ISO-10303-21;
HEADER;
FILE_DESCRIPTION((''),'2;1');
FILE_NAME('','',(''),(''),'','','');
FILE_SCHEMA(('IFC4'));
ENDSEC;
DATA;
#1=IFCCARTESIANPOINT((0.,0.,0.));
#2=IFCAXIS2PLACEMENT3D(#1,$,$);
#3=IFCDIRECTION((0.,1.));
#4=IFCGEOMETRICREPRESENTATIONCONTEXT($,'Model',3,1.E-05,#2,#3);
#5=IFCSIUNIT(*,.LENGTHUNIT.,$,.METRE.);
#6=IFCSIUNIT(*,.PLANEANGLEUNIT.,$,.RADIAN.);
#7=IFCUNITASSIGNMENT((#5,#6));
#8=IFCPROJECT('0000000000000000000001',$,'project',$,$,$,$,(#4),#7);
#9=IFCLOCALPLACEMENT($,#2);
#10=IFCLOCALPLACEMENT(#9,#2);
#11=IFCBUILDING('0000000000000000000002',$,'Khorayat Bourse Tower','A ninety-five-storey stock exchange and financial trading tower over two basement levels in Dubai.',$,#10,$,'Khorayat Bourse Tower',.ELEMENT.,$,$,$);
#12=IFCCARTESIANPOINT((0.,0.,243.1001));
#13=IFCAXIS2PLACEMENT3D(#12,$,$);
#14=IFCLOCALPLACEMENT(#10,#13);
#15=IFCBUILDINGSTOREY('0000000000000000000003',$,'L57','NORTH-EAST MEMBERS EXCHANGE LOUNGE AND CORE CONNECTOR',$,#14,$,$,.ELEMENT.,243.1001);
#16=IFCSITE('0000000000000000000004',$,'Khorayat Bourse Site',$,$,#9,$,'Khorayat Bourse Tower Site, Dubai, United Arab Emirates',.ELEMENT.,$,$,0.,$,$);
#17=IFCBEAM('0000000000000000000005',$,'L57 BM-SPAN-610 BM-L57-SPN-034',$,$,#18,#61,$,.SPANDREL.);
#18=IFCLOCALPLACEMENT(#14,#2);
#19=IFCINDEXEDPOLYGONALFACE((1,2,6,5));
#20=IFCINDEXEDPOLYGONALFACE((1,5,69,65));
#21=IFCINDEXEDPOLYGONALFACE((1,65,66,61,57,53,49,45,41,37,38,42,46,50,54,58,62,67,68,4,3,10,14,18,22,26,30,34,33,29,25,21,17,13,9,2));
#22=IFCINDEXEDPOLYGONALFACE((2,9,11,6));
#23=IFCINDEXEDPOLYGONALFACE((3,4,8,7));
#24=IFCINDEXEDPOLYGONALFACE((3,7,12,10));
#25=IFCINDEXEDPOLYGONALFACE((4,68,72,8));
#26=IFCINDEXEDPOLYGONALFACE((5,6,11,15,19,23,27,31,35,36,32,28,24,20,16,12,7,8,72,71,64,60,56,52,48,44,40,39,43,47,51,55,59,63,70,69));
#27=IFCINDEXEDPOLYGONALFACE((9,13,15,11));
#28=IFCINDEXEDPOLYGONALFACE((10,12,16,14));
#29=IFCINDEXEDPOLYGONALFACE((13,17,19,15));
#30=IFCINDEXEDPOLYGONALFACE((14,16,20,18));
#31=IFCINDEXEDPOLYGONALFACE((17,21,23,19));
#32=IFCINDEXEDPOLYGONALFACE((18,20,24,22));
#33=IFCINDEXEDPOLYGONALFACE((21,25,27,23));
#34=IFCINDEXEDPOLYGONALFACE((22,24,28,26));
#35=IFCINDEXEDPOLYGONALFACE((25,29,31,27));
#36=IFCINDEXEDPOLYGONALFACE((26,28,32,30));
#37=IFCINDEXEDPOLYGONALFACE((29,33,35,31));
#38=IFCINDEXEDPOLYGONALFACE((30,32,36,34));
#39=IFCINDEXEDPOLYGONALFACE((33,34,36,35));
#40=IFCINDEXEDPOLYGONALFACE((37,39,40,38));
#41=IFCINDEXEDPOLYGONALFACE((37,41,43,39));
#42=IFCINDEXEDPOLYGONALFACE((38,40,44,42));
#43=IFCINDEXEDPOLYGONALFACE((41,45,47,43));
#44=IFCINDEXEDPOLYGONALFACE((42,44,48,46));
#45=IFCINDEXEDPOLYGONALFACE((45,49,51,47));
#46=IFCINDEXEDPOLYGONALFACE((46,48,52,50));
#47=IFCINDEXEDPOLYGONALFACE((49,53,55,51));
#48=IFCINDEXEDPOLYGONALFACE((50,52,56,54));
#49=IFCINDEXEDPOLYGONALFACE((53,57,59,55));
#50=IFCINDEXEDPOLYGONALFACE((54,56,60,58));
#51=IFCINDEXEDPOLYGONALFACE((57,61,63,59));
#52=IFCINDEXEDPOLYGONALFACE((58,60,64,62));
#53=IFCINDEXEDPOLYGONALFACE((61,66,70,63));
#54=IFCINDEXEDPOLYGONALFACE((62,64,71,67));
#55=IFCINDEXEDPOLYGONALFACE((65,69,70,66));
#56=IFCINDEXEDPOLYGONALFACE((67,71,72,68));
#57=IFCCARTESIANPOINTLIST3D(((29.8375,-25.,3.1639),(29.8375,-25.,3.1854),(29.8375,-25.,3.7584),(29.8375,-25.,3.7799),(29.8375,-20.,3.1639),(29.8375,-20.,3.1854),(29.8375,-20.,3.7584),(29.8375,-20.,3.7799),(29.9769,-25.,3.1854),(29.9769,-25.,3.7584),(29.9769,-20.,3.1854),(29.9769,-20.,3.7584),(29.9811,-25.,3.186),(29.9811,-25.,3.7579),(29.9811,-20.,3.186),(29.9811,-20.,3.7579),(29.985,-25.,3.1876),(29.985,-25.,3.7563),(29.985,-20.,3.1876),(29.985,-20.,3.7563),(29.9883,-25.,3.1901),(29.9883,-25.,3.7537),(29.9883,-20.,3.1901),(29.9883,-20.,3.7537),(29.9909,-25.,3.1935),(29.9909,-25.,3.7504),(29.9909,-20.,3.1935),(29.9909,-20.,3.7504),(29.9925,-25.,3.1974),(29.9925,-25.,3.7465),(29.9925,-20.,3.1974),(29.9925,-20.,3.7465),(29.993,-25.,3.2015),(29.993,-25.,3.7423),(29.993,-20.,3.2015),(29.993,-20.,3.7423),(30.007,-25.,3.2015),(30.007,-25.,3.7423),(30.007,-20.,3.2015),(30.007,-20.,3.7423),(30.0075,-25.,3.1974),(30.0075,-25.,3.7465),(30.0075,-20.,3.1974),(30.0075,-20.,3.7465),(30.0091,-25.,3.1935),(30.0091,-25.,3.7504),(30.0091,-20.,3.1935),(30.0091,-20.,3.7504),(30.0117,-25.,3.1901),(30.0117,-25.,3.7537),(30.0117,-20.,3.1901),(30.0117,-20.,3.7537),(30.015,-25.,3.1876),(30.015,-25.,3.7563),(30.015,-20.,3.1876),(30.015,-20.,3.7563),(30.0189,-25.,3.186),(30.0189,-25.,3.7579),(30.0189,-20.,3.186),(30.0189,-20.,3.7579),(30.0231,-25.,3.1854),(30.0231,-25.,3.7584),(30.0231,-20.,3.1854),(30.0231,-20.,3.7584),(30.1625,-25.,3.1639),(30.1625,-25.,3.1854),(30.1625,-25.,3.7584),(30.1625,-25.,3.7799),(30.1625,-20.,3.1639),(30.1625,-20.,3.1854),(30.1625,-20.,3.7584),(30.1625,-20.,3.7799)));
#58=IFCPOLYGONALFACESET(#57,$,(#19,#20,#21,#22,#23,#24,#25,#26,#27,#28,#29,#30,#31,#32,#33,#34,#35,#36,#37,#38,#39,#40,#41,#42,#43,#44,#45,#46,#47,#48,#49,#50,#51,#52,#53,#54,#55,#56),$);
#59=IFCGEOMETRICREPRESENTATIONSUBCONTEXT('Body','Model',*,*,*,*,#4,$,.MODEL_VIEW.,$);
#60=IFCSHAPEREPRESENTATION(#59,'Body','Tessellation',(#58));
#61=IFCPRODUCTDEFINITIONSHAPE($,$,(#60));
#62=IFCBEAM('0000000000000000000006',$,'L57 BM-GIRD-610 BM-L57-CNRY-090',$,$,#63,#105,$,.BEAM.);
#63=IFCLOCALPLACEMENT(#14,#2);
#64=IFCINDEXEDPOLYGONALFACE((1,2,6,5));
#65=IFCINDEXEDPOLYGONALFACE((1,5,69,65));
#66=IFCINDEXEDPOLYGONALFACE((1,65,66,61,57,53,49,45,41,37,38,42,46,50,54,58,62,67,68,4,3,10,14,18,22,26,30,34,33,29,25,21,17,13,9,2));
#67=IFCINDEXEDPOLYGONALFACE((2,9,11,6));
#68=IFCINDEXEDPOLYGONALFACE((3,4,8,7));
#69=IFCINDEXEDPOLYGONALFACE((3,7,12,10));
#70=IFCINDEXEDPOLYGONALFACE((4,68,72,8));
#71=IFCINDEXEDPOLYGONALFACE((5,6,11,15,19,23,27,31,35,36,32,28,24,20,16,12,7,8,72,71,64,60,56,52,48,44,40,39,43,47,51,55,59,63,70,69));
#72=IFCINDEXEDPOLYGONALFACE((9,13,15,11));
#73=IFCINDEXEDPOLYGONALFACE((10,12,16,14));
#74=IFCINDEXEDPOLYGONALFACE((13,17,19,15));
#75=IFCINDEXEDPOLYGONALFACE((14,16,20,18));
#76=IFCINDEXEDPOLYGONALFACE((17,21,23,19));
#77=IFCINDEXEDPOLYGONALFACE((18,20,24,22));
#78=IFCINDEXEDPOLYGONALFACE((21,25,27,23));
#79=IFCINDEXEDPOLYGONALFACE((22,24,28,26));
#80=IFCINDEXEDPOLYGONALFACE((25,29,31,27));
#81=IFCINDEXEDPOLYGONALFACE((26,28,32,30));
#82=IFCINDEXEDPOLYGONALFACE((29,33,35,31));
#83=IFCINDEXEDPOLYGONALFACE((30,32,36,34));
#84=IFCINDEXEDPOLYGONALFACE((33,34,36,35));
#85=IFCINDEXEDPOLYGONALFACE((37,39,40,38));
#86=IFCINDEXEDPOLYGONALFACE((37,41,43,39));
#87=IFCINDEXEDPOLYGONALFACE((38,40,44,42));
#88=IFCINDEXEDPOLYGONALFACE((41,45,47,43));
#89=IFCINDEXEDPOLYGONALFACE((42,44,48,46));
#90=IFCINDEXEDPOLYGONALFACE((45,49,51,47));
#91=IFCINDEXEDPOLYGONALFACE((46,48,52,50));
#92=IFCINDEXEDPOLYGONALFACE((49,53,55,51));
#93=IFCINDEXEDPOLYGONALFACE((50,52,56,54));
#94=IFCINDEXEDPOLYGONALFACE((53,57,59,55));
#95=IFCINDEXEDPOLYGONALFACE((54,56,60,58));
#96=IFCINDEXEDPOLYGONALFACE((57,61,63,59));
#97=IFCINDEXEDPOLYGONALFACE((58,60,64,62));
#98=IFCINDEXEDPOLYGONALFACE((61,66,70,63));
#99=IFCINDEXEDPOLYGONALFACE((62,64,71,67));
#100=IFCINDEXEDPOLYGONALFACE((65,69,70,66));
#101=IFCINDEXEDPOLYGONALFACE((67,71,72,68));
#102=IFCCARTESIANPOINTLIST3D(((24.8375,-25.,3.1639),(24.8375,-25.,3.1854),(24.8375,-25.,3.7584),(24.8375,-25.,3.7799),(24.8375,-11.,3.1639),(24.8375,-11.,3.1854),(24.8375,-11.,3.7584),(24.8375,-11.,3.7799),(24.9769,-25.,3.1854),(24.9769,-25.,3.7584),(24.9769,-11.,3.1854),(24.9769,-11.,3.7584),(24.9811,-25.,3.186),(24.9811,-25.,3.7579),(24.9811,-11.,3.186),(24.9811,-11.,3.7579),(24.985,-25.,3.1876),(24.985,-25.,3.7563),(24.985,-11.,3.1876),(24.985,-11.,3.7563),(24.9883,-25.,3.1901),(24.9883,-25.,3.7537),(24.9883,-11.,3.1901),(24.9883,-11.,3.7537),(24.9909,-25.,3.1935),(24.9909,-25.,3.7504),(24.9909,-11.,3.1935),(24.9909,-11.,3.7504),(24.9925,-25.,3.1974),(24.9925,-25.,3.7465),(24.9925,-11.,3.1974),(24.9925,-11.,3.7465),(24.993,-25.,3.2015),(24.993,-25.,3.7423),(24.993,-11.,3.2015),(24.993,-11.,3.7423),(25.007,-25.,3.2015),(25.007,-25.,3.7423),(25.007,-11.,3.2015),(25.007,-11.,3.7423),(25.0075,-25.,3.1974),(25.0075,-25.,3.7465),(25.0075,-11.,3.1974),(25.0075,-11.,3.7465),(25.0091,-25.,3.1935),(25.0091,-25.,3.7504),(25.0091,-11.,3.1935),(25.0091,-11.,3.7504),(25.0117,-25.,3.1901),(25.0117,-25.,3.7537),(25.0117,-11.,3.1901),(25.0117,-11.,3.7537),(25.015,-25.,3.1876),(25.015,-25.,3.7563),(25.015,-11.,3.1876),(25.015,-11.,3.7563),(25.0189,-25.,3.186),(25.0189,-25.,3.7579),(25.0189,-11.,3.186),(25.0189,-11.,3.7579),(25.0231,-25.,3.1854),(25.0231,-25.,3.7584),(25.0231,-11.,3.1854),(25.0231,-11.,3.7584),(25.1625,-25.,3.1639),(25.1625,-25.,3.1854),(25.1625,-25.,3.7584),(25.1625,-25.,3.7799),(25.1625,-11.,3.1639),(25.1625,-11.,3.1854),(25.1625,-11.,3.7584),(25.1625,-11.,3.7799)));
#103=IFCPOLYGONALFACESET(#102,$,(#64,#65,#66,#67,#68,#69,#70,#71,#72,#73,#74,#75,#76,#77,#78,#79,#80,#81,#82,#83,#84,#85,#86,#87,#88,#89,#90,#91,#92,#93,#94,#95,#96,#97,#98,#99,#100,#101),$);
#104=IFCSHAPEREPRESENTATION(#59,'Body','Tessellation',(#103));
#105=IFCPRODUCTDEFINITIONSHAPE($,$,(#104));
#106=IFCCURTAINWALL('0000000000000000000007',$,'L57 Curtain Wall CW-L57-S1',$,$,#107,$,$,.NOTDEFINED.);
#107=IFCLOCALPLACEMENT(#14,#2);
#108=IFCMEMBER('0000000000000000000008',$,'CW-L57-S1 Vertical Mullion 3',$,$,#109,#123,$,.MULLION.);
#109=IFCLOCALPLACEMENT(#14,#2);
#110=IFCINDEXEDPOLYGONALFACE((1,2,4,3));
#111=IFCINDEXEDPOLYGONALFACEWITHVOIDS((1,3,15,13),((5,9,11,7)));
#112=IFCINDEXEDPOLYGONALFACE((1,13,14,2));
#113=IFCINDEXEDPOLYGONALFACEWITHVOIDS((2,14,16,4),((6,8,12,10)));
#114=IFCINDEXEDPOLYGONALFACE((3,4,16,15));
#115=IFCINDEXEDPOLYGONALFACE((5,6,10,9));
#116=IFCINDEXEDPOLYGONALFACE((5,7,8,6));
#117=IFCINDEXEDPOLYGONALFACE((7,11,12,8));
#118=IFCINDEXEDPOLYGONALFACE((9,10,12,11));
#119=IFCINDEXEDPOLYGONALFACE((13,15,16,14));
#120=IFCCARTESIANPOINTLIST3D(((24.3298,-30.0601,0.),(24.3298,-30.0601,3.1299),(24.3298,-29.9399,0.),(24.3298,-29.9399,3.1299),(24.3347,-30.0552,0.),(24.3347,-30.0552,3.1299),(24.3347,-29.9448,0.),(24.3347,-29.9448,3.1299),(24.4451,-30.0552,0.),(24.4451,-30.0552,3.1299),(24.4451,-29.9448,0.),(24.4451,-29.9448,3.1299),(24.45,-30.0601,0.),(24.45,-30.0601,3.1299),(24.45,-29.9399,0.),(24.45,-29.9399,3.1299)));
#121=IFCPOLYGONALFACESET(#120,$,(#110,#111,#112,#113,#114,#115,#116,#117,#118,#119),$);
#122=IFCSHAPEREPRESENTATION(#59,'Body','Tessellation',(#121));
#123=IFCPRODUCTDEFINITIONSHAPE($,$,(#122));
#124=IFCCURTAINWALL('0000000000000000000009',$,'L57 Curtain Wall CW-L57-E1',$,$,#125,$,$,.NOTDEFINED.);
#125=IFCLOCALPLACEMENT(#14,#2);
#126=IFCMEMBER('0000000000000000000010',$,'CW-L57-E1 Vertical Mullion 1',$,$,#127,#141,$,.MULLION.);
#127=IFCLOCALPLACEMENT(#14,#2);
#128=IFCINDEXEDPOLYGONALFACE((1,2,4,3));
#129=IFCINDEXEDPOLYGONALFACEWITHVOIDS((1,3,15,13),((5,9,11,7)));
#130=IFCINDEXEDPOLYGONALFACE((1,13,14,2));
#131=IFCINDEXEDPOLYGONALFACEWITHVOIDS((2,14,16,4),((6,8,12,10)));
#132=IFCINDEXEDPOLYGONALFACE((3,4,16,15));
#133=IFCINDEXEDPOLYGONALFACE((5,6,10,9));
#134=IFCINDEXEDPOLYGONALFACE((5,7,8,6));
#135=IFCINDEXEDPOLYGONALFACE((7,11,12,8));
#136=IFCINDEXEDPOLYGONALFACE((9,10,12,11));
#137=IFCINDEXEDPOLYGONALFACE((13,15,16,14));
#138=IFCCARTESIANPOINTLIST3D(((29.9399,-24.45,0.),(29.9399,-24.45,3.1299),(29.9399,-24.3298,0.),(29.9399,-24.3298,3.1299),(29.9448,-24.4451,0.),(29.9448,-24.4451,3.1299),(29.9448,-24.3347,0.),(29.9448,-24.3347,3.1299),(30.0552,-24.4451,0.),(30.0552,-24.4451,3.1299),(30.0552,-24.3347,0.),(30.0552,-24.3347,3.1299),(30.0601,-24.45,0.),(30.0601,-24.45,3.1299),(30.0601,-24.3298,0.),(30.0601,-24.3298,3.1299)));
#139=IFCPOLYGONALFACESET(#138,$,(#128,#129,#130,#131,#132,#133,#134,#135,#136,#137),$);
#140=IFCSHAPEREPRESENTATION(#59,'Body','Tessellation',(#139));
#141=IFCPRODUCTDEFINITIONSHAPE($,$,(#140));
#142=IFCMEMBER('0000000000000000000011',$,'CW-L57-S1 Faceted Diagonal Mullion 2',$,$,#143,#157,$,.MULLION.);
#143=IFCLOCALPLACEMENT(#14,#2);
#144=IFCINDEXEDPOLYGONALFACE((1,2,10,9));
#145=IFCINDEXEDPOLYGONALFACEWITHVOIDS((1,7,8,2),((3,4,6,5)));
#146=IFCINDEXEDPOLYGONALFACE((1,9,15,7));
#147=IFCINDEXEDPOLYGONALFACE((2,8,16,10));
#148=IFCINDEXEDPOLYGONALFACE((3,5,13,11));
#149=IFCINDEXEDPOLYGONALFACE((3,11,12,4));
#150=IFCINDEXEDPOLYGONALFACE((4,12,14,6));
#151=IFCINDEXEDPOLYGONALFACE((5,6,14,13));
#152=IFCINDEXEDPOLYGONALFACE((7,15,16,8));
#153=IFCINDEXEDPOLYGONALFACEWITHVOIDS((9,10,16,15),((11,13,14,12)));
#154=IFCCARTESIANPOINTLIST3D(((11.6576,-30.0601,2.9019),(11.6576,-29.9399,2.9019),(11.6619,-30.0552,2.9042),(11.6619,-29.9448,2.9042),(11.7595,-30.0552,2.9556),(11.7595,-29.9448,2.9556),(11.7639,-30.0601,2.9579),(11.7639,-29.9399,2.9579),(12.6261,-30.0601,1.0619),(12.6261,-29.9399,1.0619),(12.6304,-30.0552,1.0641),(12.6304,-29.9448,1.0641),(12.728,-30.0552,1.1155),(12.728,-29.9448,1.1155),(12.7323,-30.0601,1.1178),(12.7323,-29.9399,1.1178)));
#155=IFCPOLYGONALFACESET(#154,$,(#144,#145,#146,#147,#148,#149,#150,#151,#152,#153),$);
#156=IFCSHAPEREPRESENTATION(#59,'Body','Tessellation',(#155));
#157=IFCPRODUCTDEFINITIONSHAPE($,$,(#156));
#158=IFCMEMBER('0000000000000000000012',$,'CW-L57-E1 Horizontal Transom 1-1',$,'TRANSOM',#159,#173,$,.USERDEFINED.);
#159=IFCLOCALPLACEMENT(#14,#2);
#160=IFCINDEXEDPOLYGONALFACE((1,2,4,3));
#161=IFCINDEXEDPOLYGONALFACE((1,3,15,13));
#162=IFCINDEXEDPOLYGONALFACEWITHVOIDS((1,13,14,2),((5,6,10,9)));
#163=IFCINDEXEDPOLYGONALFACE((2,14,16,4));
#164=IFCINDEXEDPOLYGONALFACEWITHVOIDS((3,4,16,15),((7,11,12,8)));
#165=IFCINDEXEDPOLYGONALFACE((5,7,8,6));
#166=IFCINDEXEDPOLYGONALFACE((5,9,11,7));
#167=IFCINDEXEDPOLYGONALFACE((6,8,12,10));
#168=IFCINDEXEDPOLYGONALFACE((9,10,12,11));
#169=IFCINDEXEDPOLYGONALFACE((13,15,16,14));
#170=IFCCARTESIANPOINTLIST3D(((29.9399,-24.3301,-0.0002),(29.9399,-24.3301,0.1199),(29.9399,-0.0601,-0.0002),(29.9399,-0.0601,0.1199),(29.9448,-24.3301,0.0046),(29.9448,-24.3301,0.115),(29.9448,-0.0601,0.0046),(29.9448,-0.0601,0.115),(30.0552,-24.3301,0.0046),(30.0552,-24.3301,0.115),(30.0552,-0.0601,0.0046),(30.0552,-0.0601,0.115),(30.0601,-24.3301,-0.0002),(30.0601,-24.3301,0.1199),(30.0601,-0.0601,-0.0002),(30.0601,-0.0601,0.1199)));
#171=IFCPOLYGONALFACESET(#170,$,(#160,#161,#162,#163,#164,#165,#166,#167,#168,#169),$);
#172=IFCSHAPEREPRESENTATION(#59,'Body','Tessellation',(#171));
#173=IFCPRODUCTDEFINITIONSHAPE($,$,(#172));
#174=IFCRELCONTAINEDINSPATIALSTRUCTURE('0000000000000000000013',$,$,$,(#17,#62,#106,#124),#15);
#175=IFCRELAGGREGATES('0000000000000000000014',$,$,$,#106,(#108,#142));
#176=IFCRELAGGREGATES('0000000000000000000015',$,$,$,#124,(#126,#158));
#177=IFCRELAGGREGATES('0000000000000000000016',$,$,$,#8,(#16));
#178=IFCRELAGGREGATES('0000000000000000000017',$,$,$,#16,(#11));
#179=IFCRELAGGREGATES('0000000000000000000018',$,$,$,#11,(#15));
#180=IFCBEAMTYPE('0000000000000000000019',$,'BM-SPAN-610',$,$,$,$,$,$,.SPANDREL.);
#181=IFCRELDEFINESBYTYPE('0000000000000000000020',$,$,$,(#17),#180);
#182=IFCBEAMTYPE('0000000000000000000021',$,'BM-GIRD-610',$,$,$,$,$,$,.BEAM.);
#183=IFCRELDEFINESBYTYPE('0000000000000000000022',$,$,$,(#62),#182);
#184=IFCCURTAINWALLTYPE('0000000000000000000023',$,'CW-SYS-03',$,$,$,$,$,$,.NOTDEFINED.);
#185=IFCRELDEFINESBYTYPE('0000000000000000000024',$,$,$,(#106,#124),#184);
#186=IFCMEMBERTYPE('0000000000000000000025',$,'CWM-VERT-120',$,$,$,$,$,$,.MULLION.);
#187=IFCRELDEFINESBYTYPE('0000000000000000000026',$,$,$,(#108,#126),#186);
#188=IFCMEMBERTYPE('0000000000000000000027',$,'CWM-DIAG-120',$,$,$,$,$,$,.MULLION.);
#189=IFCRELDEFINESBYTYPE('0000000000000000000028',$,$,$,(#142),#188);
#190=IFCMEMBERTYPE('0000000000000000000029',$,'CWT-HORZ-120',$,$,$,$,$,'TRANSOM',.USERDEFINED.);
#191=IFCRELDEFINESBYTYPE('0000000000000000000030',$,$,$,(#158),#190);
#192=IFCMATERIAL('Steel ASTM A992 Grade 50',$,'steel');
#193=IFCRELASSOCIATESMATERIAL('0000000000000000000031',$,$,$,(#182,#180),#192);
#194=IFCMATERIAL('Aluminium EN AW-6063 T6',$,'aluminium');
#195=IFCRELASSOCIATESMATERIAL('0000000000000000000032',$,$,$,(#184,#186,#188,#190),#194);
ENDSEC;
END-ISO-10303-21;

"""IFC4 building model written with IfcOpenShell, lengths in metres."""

from ifc_helpers import new_model, si_unit, direction, frame, origin, origin_2d, place, context, subcontext, project, spatial, hollow_rectangle, i_section, extrude, source, transform, mapped, material, material_profile, profile_set, type_object, element, aggregate, save


model = new_model("IFC4")

# Units and contexts
model_context = context("Model", 3, precision=1e-05, world=origin(), true_north=direction((0.0, 1.0)))
body_context = subcontext(model_context, "Body", "Model", "MODEL_VIEW")
ifc_project = project(units=[si_unit("LENGTHUNIT", "METRE"), si_unit("PLANEANGLEUNIT", "RADIAN")], contexts=[model_context])

# Site, building, storey
site_placement = place(None, origin())
site = spatial("IfcSite", under=ifc_project, at=site_placement, Name="Khorayat Bourse Site", LongName="Khorayat Bourse Tower Site, Dubai, United Arab Emirates", CompositionType="ELEMENT", RefElevation=0.0)
building_placement = place(site_placement, origin())
building = spatial("IfcBuilding", under=site, at=building_placement, Name="Khorayat Bourse Tower", Description="A ninety-five-storey stock exchange and financial trading tower over two basement levels in Dubai.", LongName="Khorayat Bourse Tower", CompositionType="ELEMENT")
storey_placement = place(building_placement, frame((0.0, 0.0, 243.1001)))
storey = spatial("IfcBuildingStorey", under=building, at=storey_placement, Name="L57", Description="NORTH-EAST MEMBERS EXCHANGE LOUNGE AND CORE CONNECTOR", CompositionType="ELEMENT", Elevation=243.1001)

# Beams
ifc_material_1 = material(Name="Steel ASTM A992 Grade 50", Category="steel")
ifc_material_profile_1 = material_profile(ifc_material_1, i_section(OverallWidth=0.325, OverallDepth=0.616, WebThickness=0.0139, FlangeThickness=0.0215, FilletRadius=0.0161, at=origin_2d()), Name="W610X174")
ifc_profile_set_1 = profile_set([ifc_material_profile_1], Name="Steel ASTM A992 Grade 50")
beam_type_1 = type_object("IfcBeamType", Name="BM-GIRD-610", PredefinedType="BEAM", material=ifc_profile_set_1)
ifc_material_profile_2 = material_profile(ifc_material_1, i_section(OverallWidth=0.325, OverallDepth=0.616, WebThickness=0.0139, FlangeThickness=0.0215, FilletRadius=0.0161, at=origin_2d()), Name="W610X174")
ifc_profile_set_2 = profile_set([ifc_material_profile_2], Name="Steel ASTM A992 Grade 50")
beam_type_2 = type_object("IfcBeamType", Name="BM-SPAN-610", PredefinedType="SPANDREL", material=ifc_profile_set_2)
shared_shape_1 = source(origin(), body_context, "Body", "SweptSolid", [
    extrude(i_section(OverallWidth=0.325, OverallDepth=0.616, WebThickness=0.0139, FlangeThickness=0.0215, FilletRadius=0.0161, at=origin_2d()), origin(), (0.0, 0.0, 1.0), 5.0),
])
for number, where, z_axis, x_axis, name in (
    (1, (30.0, -25.0, 3.4719), (0.0, 1.0, 0.0), (-1.0, 0.0, 0.0), "L57 BM-SPAN-610 BM-L57-SPN-034"),
):
    element("IfcBeam", number, at=place(storey_placement, frame(where, z_axis=z_axis, x_axis=x_axis)), inside=storey, type_object=beam_type_2, Name=name, PredefinedType="SPANDREL", context=body_context, shape_type="MappedRepresentation", body=[
        mapped(shared_shape_1, transform((0.0, 0.0, 0.0), scale=1.0)),
    ])
shared_shape_2 = source(origin(), body_context, "Body", "SweptSolid", [
    extrude(i_section(OverallWidth=0.325, OverallDepth=0.616, WebThickness=0.0139, FlangeThickness=0.0215, FilletRadius=0.0161, at=origin_2d()), origin(), (0.0, 0.0, 1.0), 14.0),
])
beam_1_placement = place(storey_placement, frame((25.0, -25.0, 3.4719), z_axis=(0.0, 1.0, 0.0), x_axis=(-1.0, 0.0, 0.0)))
element("IfcBeam", 2, at=beam_1_placement, inside=storey, type_object=beam_type_1, Name="L57 BM-GIRD-610 BM-L57-CNRY-090", PredefinedType="BEAM", context=body_context, shape_type="MappedRepresentation", body=[
    mapped(shared_shape_2, transform((0.0, 0.0, 0.0), scale=1.0)),
])

# Curtain walls, members
ifc_material_2 = material(Name="Aluminium EN AW-6063 T6", Category="aluminium")
curtain_wall_type = type_object("IfcCurtainWallType", Name="CW-SYS-03", PredefinedType="NOTDEFINED", material=ifc_material_2)
curtain_wall_1_placement = place(storey_placement, origin())
curtain_wall_1 = element("IfcCurtainWall", 3, at=curtain_wall_1_placement, inside=storey, type_object=curtain_wall_type, Name="L57 Curtain Wall CW-L57-S1", PredefinedType="NOTDEFINED")
ifc_material_profile_3 = material_profile(ifc_material_2, hollow_rectangle(XDim=0.1201, YDim=0.1201, WallThickness=0.0049, at=origin_2d()), Name="ALU 120x120x5")
ifc_profile_set_3 = profile_set([ifc_material_profile_3], Name="Aluminium EN AW-6063 T6")
member_type_1 = type_object("IfcMemberType", Name="CWM-VERT-120", PredefinedType="MULLION", material=ifc_profile_set_3)
shared_shape_3 = source(origin(), body_context, "Body", "SweptSolid", [
    extrude(hollow_rectangle(XDim=0.1201, YDim=0.1201, WallThickness=0.0049, at=origin_2d()), origin(), (0.0, 0.0, 1.0), 3.1299),
])
member_1_placement = place(storey_placement, frame((24.3899, -30.0, 0.0), z_axis=(0.0, 0.0, 1.0), x_axis=(0.0, 1.0, 0.0)))
member_1 = element("IfcMember", 4, at=member_1_placement, type_object=member_type_1, Name="CW-L57-S1 Vertical Mullion 3", PredefinedType="MULLION", context=body_context, shape_type="MappedRepresentation", body=[
    mapped(shared_shape_3, transform((0.0, 0.0, 0.0), scale=1.0)),
])
curtain_wall_2_placement = place(storey_placement, origin())
curtain_wall_2 = element("IfcCurtainWall", 5, at=curtain_wall_2_placement, inside=storey, type_object=curtain_wall_type, Name="L57 Curtain Wall CW-L57-E1", PredefinedType="NOTDEFINED")
member_2_placement = place(storey_placement, frame((30.0, -24.3899, 0.0), z_axis=(0.0, 0.0, 1.0), x_axis=(-1.0, 0.0, 0.0)))
member_2 = element("IfcMember", 6, at=member_2_placement, type_object=member_type_1, Name="CW-L57-E1 Vertical Mullion 1", PredefinedType="MULLION", context=body_context, shape_type="MappedRepresentation", body=[
    mapped(shared_shape_3, transform((0.0, 0.0, 0.0), scale=1.0)),
])

# Members
ifc_material_profile_4 = material_profile(ifc_material_2, hollow_rectangle(XDim=0.1201, YDim=0.1201, WallThickness=0.0049, at=origin_2d()), Name="ALU 120x120x5")
ifc_profile_set_4 = profile_set([ifc_material_profile_4], Name="Aluminium EN AW-6063 T6")
member_type_2 = type_object("IfcMemberType", Name="CWM-DIAG-120", PredefinedType="MULLION", material=ifc_profile_set_4)
shared_shape_4 = source(origin(), body_context, "Body", "SweptSolid", [
    extrude(hollow_rectangle(XDim=0.1201, YDim=0.1201, WallThickness=0.0049, at=origin_2d()), origin(), (0.0, 0.0, 1.0), 2.0793),
])
member_3_placement = place(storey_placement, frame((12.6792, -30.0, 1.0898), z_axis=(-0.465761, 0.0, 0.884911), x_axis=(0.0, -1.0, 0.0)))
member_3 = element("IfcMember", 7, at=member_3_placement, type_object=member_type_2, Name="CW-L57-S1 Faceted Diagonal Mullion 2", PredefinedType="MULLION", context=body_context, shape_type="MappedRepresentation", body=[
    mapped(shared_shape_4, transform((0.0, 0.0, 0.0), scale=1.0)),
])
aggregate(curtain_wall_1, [member_1, member_3])
ifc_material_profile_5 = material_profile(ifc_material_2, hollow_rectangle(XDim=0.1201, YDim=0.1201, WallThickness=0.0049, at=origin_2d()), Name="ALU 120x120x5")
ifc_profile_set_5 = profile_set([ifc_material_profile_5], Name="Aluminium EN AW-6063 T6")
member_type_3 = type_object("IfcMemberType", Name="CWT-HORZ-120", ElementType="TRANSOM", PredefinedType="USERDEFINED", material=ifc_profile_set_5)
shared_shape_5 = source(origin(), body_context, "Body", "SweptSolid", [
    extrude(hollow_rectangle(XDim=0.1201, YDim=0.1201, WallThickness=0.0049, at=origin_2d()), origin(), (0.0, 0.0, 1.0), 24.27),
])
member_4_placement = place(storey_placement, frame((30.0, -24.3301, 0.0598), z_axis=(0.0, 1.0, 0.0), x_axis=(-1.0, 0.0, 0.0)))
member_4 = element("IfcMember", 8, at=member_4_placement, type_object=member_type_3, Name="CW-L57-E1 Horizontal Transom 1-1", ObjectType="TRANSOM", PredefinedType="USERDEFINED", context=body_context, shape_type="MappedRepresentation", body=[
    mapped(shared_shape_5, transform((0.0, 0.0, 0.0), scale=1.0)),
])
aggregate(curtain_wall_2, [member_2, member_4])

save(model, "model.ifc")
